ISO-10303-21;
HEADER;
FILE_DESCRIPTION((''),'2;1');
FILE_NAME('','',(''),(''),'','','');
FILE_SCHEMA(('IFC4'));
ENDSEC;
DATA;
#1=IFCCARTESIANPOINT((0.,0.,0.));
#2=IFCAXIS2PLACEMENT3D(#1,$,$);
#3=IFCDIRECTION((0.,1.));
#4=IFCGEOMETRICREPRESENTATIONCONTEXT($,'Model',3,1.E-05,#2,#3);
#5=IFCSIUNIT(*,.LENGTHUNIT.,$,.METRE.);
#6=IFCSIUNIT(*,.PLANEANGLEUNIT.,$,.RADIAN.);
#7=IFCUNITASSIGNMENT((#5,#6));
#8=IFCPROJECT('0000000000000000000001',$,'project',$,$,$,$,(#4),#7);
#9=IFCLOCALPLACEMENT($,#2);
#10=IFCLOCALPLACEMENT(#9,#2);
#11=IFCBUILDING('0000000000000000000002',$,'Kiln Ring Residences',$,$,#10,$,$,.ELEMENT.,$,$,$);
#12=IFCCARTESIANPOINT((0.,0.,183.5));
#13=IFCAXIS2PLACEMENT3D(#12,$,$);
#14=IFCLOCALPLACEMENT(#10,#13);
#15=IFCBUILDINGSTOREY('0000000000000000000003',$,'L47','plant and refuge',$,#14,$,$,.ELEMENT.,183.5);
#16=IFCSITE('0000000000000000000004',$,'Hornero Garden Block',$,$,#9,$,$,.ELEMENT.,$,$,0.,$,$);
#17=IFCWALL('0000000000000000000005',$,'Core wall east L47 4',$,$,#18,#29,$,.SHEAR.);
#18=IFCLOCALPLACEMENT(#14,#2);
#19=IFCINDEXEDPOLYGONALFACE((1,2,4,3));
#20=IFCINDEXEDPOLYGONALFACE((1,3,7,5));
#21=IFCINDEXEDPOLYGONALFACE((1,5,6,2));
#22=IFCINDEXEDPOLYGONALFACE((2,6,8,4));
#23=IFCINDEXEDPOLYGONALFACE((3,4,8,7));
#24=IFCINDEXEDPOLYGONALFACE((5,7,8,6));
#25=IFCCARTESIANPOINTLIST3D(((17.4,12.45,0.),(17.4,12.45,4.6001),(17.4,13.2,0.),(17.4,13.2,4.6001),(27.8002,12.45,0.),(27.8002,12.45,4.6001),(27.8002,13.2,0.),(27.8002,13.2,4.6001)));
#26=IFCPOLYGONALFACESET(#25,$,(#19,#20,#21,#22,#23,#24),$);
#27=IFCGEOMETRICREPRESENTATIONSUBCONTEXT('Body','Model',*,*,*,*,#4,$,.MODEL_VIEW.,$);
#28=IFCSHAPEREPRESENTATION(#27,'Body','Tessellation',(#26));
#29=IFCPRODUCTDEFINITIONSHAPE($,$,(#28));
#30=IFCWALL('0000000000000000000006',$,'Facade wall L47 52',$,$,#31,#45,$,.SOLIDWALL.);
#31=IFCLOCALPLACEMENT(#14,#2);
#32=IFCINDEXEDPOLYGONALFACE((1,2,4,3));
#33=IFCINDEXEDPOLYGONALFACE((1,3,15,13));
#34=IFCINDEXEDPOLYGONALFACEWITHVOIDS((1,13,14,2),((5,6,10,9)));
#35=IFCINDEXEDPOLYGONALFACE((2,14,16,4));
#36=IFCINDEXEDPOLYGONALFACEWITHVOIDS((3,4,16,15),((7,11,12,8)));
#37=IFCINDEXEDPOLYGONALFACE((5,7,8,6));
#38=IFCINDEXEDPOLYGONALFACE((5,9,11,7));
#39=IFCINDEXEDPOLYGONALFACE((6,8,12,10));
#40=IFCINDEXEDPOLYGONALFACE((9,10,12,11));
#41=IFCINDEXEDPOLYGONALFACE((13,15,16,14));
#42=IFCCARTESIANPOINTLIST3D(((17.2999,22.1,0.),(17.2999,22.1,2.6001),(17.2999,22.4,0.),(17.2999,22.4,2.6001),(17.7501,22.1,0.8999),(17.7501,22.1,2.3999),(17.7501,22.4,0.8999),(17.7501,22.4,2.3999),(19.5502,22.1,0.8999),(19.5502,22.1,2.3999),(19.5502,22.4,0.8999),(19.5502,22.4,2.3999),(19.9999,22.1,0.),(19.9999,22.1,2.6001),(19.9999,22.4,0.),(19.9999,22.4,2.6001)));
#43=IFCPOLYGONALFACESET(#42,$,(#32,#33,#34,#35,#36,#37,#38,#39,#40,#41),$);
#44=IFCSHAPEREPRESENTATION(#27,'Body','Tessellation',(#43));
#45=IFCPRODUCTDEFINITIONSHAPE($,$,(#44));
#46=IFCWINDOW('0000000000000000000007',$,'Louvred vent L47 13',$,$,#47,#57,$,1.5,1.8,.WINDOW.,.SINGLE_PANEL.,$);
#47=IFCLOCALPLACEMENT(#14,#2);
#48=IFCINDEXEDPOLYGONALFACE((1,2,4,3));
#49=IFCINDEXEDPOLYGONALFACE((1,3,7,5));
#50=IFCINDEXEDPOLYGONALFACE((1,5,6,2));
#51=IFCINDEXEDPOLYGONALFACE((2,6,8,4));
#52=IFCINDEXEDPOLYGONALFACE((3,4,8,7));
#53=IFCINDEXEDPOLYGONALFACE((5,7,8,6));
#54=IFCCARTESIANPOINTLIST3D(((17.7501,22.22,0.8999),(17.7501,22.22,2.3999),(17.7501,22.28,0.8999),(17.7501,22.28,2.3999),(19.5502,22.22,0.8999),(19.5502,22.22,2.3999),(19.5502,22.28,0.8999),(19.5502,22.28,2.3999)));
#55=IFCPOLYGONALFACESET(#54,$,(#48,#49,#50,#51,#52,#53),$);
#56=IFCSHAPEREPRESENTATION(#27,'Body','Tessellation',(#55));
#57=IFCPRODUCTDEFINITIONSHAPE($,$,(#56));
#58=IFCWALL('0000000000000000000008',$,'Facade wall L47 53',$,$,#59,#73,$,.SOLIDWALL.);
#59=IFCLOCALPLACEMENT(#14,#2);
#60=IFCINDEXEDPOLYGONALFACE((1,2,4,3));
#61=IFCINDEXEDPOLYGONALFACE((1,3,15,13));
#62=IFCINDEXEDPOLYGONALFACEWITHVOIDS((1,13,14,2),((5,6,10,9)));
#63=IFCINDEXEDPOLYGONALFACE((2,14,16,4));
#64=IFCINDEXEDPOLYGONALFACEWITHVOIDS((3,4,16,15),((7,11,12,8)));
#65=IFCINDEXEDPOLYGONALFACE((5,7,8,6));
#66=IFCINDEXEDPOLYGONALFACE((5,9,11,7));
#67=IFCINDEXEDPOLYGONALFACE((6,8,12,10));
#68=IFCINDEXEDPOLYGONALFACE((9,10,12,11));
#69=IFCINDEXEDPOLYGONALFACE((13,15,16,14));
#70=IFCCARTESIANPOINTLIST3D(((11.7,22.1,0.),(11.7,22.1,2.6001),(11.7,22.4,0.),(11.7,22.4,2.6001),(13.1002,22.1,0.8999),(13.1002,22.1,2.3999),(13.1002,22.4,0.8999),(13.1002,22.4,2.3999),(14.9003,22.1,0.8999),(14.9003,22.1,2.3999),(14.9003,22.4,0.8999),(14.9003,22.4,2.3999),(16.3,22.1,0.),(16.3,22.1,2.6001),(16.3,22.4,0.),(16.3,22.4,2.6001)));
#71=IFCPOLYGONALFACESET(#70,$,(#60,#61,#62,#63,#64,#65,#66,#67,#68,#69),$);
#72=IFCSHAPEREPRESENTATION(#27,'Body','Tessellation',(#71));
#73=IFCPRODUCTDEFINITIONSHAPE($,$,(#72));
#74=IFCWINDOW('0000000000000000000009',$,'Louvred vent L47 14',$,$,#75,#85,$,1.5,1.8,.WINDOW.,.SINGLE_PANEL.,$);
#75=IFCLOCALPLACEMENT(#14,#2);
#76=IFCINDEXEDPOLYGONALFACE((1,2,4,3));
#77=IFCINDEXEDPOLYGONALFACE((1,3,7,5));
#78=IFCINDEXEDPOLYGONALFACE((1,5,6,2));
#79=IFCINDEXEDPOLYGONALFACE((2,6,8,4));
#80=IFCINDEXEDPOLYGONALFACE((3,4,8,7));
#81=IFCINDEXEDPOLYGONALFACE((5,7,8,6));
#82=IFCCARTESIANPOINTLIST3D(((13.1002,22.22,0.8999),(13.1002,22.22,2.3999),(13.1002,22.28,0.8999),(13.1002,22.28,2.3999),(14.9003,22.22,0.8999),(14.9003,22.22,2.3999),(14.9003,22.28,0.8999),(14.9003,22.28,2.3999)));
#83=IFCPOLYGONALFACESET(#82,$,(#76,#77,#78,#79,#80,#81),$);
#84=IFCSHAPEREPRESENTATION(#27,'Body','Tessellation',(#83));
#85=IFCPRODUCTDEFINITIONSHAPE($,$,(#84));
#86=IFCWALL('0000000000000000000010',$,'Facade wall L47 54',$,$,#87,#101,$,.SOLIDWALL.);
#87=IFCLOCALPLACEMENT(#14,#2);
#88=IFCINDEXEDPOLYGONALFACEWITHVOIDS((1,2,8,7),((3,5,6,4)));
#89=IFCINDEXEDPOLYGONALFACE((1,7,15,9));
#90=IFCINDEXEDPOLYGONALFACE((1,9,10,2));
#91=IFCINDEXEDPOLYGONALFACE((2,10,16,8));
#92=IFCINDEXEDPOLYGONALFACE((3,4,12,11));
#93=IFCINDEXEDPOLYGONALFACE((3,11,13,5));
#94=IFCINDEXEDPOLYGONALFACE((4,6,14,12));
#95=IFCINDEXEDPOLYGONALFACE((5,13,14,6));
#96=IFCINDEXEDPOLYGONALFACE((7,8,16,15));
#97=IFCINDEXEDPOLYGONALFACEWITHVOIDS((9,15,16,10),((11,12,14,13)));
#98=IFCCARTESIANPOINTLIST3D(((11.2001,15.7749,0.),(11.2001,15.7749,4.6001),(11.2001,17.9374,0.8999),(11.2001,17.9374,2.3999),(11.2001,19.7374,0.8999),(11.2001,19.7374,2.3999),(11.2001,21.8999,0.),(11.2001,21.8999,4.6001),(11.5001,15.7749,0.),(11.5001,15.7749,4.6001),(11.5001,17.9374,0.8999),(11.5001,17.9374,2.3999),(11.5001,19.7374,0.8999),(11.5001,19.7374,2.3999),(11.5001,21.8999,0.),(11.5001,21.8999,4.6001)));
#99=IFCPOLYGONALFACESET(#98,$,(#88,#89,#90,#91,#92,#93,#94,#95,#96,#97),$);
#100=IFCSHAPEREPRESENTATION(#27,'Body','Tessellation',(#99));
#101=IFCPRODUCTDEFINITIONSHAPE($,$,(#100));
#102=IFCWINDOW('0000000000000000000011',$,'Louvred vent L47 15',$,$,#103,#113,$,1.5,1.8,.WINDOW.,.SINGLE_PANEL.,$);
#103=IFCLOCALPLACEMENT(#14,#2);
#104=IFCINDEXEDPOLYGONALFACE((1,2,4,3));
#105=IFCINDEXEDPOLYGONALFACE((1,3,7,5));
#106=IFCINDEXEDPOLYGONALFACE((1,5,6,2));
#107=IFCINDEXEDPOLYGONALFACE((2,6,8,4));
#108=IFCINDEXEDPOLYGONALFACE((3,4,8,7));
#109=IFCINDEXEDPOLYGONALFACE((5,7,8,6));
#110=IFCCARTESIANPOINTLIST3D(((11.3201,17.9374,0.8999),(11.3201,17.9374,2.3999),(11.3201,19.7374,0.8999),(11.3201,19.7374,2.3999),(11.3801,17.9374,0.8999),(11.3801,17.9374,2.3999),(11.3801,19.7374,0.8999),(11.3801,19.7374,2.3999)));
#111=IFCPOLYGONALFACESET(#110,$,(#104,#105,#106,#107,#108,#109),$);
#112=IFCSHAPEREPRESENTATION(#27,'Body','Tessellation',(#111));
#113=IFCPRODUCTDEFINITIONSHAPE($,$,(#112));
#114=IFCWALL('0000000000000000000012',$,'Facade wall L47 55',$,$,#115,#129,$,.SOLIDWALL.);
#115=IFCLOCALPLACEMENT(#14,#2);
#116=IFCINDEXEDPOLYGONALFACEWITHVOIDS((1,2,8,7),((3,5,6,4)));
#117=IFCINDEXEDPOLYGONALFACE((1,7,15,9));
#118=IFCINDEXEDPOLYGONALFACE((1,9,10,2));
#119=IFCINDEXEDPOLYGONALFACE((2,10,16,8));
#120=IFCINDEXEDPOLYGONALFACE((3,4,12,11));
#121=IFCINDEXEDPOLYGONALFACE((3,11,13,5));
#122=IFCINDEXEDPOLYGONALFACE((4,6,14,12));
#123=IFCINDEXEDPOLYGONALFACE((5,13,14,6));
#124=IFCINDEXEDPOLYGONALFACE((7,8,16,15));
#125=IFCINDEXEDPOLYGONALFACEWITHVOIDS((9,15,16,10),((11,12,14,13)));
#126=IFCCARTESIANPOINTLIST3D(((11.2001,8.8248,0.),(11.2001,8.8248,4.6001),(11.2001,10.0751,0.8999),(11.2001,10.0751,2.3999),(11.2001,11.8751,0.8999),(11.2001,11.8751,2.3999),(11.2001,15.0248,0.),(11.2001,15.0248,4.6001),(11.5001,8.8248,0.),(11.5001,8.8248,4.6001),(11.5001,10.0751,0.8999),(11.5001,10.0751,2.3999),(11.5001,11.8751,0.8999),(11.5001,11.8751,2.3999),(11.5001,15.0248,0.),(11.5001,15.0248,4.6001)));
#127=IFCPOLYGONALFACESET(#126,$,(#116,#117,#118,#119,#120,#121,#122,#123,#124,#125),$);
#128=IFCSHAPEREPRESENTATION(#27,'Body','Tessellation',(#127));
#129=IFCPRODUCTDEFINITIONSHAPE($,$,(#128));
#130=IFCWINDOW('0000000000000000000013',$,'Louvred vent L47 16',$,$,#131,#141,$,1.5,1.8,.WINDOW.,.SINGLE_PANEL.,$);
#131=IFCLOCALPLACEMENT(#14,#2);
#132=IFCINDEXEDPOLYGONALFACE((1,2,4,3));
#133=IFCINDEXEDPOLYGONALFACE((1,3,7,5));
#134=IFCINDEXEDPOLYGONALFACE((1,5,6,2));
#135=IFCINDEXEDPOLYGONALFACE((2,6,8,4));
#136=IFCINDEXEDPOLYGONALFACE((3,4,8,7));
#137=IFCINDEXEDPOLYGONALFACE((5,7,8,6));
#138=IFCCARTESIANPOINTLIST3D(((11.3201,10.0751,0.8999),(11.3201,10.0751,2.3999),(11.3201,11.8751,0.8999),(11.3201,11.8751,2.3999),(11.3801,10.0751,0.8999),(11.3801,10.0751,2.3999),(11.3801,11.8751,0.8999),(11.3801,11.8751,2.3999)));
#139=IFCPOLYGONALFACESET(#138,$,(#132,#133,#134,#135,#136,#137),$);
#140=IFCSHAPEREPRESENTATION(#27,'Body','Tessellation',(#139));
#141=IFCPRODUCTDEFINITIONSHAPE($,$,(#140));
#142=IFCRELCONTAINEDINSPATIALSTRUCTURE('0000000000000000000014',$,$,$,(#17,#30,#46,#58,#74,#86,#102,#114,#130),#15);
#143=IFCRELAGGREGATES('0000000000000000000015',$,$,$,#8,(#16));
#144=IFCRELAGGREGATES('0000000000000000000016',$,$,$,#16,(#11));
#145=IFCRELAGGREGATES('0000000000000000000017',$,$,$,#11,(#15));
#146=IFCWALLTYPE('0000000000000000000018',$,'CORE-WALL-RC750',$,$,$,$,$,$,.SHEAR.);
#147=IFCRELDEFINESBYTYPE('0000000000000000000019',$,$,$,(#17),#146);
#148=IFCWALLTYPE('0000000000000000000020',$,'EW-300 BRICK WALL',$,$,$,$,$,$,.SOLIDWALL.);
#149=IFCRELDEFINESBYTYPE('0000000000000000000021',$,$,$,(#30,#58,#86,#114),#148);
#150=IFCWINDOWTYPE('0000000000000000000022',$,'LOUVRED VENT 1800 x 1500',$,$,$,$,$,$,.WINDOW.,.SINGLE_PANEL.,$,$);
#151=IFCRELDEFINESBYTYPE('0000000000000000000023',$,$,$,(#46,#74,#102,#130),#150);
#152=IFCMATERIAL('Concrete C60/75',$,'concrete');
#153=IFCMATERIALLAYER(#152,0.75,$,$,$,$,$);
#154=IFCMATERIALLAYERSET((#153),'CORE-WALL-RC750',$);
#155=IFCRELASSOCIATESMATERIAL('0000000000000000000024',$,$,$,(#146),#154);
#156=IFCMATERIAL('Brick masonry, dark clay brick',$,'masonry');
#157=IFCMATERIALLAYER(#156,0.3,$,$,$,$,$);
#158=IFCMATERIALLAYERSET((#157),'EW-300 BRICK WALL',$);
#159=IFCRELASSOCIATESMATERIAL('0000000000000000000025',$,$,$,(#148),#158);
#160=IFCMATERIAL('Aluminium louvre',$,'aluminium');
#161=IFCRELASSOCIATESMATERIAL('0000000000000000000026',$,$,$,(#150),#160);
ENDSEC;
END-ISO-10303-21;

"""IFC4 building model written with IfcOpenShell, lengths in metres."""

from ifc_helpers import new_model, si_unit, direction, frame, frame_2d, origin, place, context, subcontext, project, spatial, rectangle, extrude, material, layer, layer_set, type_object, element, fill, save


model = new_model("IFC4")

# Units and contexts
model_context = context("Model", 3, precision=1e-05, world=origin(), true_north=direction((0.0, 1.0)))
body_context = subcontext(model_context, "Body", "Model", "MODEL_VIEW")
ifc_project = project(units=[si_unit("LENGTHUNIT", "METRE"), si_unit("PLANEANGLEUNIT", "RADIAN")], contexts=[model_context])

# Site, building, storey
site_placement = place(None, origin())
site = spatial("IfcSite", under=ifc_project, at=site_placement, Name="Hornero Garden Block", CompositionType="ELEMENT", RefElevation=0.0)
building_placement = place(site_placement, origin())
building = spatial("IfcBuilding", under=site, at=building_placement, Name="Kiln Ring Residences", CompositionType="ELEMENT")
storey_placement = place(building_placement, frame((0.0, 0.0, 183.5)))
storey = spatial("IfcBuildingStorey", under=building, at=storey_placement, Name="L47", Description="plant and refuge", CompositionType="ELEMENT", Elevation=183.5)

# Wall
ifc_material_1 = material(Name="Concrete C60/75", Category="concrete")
ifc_layer_1 = layer(ifc_material_1, 0.75)
ifc_layer_set_1 = layer_set([ifc_layer_1], Name="CORE-WALL-RC750")
wall_type_1 = type_object("IfcWallType", Name="CORE-WALL-RC750", PredefinedType="SHEAR", material=ifc_layer_set_1)
wall_1_placement = place(storey_placement, frame((17.3999, 12.825, 0.0), z_axis=(0.0, 0.0, 1.0), x_axis=(1.0, 0.0, 0.0)))
element("IfcWall", 1, at=wall_1_placement, inside=storey, type_object=wall_type_1, Name="Core wall east L47 4", PredefinedType="SHEAR", context=body_context, shape_type="SweptSolid", body=[
    extrude(rectangle(XDim=10.4001, YDim=0.75, at=frame_2d((5.2002, 0.0))), origin(), (0.0, 0.0, 1.0), 4.6001),
])

# Walls, openings, windows
ifc_material_2 = material(Name="Brick masonry, dark clay brick", Category="masonry")
ifc_layer_2 = layer(ifc_material_2, 0.3)
ifc_layer_set_2 = layer_set([ifc_layer_2], Name="EW-300 BRICK WALL")
wall_type_2 = type_object("IfcWallType", Name="EW-300 BRICK WALL", PredefinedType="SOLIDWALL", material=ifc_layer_set_2)
wall_2_placement = place(storey_placement, frame((20.0, 22.25, 0.0), z_axis=(0.0, 0.0, 1.0), x_axis=(-1.0, 0.0, 0.0)))
wall_2 = element("IfcWall", 2, at=wall_2_placement, inside=storey, type_object=wall_type_2, Name="Facade wall L47 52", PredefinedType="SOLIDWALL", context=body_context, shape_type="SweptSolid", body=[
    extrude(rectangle(XDim=2.7, YDim=0.3, at=frame_2d((1.3501, 0.0))), origin(), (0.0, 0.0, 1.0), 2.6001),
])
opening_1_placement = place(wall_2_placement, frame((0.45, 0.0, 0.8999)))
opening_1 = element("IfcOpeningElement", 3, at=opening_1_placement, cuts=wall_2, PredefinedType="OPENING", context=body_context, shape_type="SweptSolid", body=[
    extrude(rectangle(XDim=1.8, YDim=1.5, at=frame_2d((0.8999, 0.75))), frame((0.0, 0.1599, 0.0), z_axis=(0.0, -1.0, 0.0), x_axis=(1.0, 0.0, 0.0)), (0.0, 0.0, 1.0), 0.3201),
])
ifc_material_3 = material(Name="Aluminium louvre", Category="aluminium")
window_type = type_object("IfcWindowType", Name="LOUVRED VENT 1800 x 1500", PartitioningType="SINGLE_PANEL", PredefinedType="WINDOW", material=ifc_material_3)
window_1_placement = place(opening_1_placement, origin())
window_1 = element("IfcWindow", 4, at=window_1_placement, inside=storey, type_object=window_type, Name="Louvred vent L47 13", OverallHeight=1.5, OverallWidth=1.8, PartitioningType="SINGLE_PANEL", PredefinedType="WINDOW", context=body_context, shape_type="SweptSolid", body=[
    extrude(rectangle(XDim=1.8, YDim=1.5, at=frame_2d((0.8999, 0.75))), frame((0.0, 0.03, 0.0), z_axis=(0.0, -1.0, 0.0), x_axis=(1.0, 0.0, 0.0)), (0.0, 0.0, 1.0), 0.0601),
])
fill(opening_1, window_1)
wall_3_placement = place(storey_placement, frame((16.3, 22.25, 0.0), z_axis=(0.0, 0.0, 1.0), x_axis=(-1.0, 0.0, 0.0)))
wall_3 = element("IfcWall", 5, at=wall_3_placement, inside=storey, type_object=wall_type_2, Name="Facade wall L47 53", PredefinedType="SOLIDWALL", context=body_context, shape_type="SweptSolid", body=[
    extrude(rectangle(XDim=4.6001, YDim=0.3, at=frame_2d((2.3, 0.0))), origin(), (0.0, 0.0, 1.0), 2.6001),
])
opening_2_placement = place(wall_3_placement, frame((1.3999, 0.0, 0.8999)))
opening_2 = element("IfcOpeningElement", 6, at=opening_2_placement, cuts=wall_3, PredefinedType="OPENING", context=body_context, shape_type="SweptSolid", body=[
    extrude(rectangle(XDim=1.8, YDim=1.5, at=frame_2d((0.8999, 0.75))), frame((0.0, 0.1599, 0.0), z_axis=(0.0, -1.0, 0.0), x_axis=(1.0, 0.0, 0.0)), (0.0, 0.0, 1.0), 0.3201),
])
window_2_placement = place(opening_2_placement, origin())
window_2 = element("IfcWindow", 7, at=window_2_placement, inside=storey, type_object=window_type, Name="Louvred vent L47 14", OverallHeight=1.5, OverallWidth=1.8, PartitioningType="SINGLE_PANEL", PredefinedType="WINDOW", context=body_context, shape_type="SweptSolid", body=[
    extrude(rectangle(XDim=1.8, YDim=1.5, at=frame_2d((0.8999, 0.75))), frame((0.0, 0.03, 0.0), z_axis=(0.0, -1.0, 0.0), x_axis=(1.0, 0.0, 0.0)), (0.0, 0.0, 1.0), 0.0601),
])
fill(opening_2, window_2)
wall_4_placement = place(storey_placement, frame((11.3501, 21.8999, 0.0), z_axis=(0.0, 0.0, 1.0), x_axis=(0.0, -1.0, 0.0)))
wall_4 = element("IfcWall", 8, at=wall_4_placement, inside=storey, type_object=wall_type_2, Name="Facade wall L47 54", PredefinedType="SOLIDWALL", context=body_context, shape_type="SweptSolid", body=[
    extrude(rectangle(XDim=6.125, YDim=0.3, at=frame_2d((3.0625, 0.0))), origin(), (0.0, 0.0, 1.0), 4.6001),
])
opening_3_placement = place(wall_4_placement, frame((2.1626, 0.0, 0.8999)))
opening_3 = element("IfcOpeningElement", 9, at=opening_3_placement, cuts=wall_4, PredefinedType="OPENING", context=body_context, shape_type="SweptSolid", body=[
    extrude(rectangle(XDim=1.8, YDim=1.5, at=frame_2d((0.8999, 0.75))), frame((0.0, 0.1599, 0.0), z_axis=(0.0, -1.0, 0.0), x_axis=(1.0, 0.0, 0.0)), (0.0, 0.0, 1.0), 0.3201),
])
window_3_placement = place(opening_3_placement, origin())
window_3 = element("IfcWindow", 10, at=window_3_placement, inside=storey, type_object=window_type, Name="Louvred vent L47 15", OverallHeight=1.5, OverallWidth=1.8, PartitioningType="SINGLE_PANEL", PredefinedType="WINDOW", context=body_context, shape_type="SweptSolid", body=[
    extrude(rectangle(XDim=1.8, YDim=1.5, at=frame_2d((0.8999, 0.75))), frame((0.0, 0.03, 0.0), z_axis=(0.0, -1.0, 0.0), x_axis=(1.0, 0.0, 0.0)), (0.0, 0.0, 1.0), 0.0601),
])
fill(opening_3, window_3)
wall_5_placement = place(storey_placement, frame((11.3501, 15.0249, 0.0), z_axis=(0.0, 0.0, 1.0), x_axis=(0.0, -1.0, 0.0)))
wall_5 = element("IfcWall", 11, at=wall_5_placement, inside=storey, type_object=wall_type_2, Name="Facade wall L47 55", PredefinedType="SOLIDWALL", context=body_context, shape_type="SweptSolid", body=[
    extrude(rectangle(XDim=6.2, YDim=0.3, at=frame_2d((3.1001, 0.0))), origin(), (0.0, 0.0, 1.0), 4.6001),
])
opening_4_placement = place(wall_5_placement, frame((3.1499, 0.0, 0.8999)))
opening_4 = element("IfcOpeningElement", 12, at=opening_4_placement, cuts=wall_5, PredefinedType="OPENING", context=body_context, shape_type="SweptSolid", body=[
    extrude(rectangle(XDim=1.8, YDim=1.5, at=frame_2d((0.8999, 0.75))), frame((0.0, 0.1599, 0.0), z_axis=(0.0, -1.0, 0.0), x_axis=(1.0, 0.0, 0.0)), (0.0, 0.0, 1.0), 0.3201),
])
window_4_placement = place(opening_4_placement, origin())
window_4 = element("IfcWindow", 13, at=window_4_placement, inside=storey, type_object=window_type, Name="Louvred vent L47 16", OverallHeight=1.5, OverallWidth=1.8, PartitioningType="SINGLE_PANEL", PredefinedType="WINDOW", context=body_context, shape_type="SweptSolid", body=[
    extrude(rectangle(XDim=1.8, YDim=1.5, at=frame_2d((0.8999, 0.75))), frame((0.0, 0.03, 0.0), z_axis=(0.0, -1.0, 0.0), x_axis=(1.0, 0.0, 0.0)), (0.0, 0.0, 1.0), 0.0601),
])
fill(opening_4, window_4)

save(model, "model.ifc")
